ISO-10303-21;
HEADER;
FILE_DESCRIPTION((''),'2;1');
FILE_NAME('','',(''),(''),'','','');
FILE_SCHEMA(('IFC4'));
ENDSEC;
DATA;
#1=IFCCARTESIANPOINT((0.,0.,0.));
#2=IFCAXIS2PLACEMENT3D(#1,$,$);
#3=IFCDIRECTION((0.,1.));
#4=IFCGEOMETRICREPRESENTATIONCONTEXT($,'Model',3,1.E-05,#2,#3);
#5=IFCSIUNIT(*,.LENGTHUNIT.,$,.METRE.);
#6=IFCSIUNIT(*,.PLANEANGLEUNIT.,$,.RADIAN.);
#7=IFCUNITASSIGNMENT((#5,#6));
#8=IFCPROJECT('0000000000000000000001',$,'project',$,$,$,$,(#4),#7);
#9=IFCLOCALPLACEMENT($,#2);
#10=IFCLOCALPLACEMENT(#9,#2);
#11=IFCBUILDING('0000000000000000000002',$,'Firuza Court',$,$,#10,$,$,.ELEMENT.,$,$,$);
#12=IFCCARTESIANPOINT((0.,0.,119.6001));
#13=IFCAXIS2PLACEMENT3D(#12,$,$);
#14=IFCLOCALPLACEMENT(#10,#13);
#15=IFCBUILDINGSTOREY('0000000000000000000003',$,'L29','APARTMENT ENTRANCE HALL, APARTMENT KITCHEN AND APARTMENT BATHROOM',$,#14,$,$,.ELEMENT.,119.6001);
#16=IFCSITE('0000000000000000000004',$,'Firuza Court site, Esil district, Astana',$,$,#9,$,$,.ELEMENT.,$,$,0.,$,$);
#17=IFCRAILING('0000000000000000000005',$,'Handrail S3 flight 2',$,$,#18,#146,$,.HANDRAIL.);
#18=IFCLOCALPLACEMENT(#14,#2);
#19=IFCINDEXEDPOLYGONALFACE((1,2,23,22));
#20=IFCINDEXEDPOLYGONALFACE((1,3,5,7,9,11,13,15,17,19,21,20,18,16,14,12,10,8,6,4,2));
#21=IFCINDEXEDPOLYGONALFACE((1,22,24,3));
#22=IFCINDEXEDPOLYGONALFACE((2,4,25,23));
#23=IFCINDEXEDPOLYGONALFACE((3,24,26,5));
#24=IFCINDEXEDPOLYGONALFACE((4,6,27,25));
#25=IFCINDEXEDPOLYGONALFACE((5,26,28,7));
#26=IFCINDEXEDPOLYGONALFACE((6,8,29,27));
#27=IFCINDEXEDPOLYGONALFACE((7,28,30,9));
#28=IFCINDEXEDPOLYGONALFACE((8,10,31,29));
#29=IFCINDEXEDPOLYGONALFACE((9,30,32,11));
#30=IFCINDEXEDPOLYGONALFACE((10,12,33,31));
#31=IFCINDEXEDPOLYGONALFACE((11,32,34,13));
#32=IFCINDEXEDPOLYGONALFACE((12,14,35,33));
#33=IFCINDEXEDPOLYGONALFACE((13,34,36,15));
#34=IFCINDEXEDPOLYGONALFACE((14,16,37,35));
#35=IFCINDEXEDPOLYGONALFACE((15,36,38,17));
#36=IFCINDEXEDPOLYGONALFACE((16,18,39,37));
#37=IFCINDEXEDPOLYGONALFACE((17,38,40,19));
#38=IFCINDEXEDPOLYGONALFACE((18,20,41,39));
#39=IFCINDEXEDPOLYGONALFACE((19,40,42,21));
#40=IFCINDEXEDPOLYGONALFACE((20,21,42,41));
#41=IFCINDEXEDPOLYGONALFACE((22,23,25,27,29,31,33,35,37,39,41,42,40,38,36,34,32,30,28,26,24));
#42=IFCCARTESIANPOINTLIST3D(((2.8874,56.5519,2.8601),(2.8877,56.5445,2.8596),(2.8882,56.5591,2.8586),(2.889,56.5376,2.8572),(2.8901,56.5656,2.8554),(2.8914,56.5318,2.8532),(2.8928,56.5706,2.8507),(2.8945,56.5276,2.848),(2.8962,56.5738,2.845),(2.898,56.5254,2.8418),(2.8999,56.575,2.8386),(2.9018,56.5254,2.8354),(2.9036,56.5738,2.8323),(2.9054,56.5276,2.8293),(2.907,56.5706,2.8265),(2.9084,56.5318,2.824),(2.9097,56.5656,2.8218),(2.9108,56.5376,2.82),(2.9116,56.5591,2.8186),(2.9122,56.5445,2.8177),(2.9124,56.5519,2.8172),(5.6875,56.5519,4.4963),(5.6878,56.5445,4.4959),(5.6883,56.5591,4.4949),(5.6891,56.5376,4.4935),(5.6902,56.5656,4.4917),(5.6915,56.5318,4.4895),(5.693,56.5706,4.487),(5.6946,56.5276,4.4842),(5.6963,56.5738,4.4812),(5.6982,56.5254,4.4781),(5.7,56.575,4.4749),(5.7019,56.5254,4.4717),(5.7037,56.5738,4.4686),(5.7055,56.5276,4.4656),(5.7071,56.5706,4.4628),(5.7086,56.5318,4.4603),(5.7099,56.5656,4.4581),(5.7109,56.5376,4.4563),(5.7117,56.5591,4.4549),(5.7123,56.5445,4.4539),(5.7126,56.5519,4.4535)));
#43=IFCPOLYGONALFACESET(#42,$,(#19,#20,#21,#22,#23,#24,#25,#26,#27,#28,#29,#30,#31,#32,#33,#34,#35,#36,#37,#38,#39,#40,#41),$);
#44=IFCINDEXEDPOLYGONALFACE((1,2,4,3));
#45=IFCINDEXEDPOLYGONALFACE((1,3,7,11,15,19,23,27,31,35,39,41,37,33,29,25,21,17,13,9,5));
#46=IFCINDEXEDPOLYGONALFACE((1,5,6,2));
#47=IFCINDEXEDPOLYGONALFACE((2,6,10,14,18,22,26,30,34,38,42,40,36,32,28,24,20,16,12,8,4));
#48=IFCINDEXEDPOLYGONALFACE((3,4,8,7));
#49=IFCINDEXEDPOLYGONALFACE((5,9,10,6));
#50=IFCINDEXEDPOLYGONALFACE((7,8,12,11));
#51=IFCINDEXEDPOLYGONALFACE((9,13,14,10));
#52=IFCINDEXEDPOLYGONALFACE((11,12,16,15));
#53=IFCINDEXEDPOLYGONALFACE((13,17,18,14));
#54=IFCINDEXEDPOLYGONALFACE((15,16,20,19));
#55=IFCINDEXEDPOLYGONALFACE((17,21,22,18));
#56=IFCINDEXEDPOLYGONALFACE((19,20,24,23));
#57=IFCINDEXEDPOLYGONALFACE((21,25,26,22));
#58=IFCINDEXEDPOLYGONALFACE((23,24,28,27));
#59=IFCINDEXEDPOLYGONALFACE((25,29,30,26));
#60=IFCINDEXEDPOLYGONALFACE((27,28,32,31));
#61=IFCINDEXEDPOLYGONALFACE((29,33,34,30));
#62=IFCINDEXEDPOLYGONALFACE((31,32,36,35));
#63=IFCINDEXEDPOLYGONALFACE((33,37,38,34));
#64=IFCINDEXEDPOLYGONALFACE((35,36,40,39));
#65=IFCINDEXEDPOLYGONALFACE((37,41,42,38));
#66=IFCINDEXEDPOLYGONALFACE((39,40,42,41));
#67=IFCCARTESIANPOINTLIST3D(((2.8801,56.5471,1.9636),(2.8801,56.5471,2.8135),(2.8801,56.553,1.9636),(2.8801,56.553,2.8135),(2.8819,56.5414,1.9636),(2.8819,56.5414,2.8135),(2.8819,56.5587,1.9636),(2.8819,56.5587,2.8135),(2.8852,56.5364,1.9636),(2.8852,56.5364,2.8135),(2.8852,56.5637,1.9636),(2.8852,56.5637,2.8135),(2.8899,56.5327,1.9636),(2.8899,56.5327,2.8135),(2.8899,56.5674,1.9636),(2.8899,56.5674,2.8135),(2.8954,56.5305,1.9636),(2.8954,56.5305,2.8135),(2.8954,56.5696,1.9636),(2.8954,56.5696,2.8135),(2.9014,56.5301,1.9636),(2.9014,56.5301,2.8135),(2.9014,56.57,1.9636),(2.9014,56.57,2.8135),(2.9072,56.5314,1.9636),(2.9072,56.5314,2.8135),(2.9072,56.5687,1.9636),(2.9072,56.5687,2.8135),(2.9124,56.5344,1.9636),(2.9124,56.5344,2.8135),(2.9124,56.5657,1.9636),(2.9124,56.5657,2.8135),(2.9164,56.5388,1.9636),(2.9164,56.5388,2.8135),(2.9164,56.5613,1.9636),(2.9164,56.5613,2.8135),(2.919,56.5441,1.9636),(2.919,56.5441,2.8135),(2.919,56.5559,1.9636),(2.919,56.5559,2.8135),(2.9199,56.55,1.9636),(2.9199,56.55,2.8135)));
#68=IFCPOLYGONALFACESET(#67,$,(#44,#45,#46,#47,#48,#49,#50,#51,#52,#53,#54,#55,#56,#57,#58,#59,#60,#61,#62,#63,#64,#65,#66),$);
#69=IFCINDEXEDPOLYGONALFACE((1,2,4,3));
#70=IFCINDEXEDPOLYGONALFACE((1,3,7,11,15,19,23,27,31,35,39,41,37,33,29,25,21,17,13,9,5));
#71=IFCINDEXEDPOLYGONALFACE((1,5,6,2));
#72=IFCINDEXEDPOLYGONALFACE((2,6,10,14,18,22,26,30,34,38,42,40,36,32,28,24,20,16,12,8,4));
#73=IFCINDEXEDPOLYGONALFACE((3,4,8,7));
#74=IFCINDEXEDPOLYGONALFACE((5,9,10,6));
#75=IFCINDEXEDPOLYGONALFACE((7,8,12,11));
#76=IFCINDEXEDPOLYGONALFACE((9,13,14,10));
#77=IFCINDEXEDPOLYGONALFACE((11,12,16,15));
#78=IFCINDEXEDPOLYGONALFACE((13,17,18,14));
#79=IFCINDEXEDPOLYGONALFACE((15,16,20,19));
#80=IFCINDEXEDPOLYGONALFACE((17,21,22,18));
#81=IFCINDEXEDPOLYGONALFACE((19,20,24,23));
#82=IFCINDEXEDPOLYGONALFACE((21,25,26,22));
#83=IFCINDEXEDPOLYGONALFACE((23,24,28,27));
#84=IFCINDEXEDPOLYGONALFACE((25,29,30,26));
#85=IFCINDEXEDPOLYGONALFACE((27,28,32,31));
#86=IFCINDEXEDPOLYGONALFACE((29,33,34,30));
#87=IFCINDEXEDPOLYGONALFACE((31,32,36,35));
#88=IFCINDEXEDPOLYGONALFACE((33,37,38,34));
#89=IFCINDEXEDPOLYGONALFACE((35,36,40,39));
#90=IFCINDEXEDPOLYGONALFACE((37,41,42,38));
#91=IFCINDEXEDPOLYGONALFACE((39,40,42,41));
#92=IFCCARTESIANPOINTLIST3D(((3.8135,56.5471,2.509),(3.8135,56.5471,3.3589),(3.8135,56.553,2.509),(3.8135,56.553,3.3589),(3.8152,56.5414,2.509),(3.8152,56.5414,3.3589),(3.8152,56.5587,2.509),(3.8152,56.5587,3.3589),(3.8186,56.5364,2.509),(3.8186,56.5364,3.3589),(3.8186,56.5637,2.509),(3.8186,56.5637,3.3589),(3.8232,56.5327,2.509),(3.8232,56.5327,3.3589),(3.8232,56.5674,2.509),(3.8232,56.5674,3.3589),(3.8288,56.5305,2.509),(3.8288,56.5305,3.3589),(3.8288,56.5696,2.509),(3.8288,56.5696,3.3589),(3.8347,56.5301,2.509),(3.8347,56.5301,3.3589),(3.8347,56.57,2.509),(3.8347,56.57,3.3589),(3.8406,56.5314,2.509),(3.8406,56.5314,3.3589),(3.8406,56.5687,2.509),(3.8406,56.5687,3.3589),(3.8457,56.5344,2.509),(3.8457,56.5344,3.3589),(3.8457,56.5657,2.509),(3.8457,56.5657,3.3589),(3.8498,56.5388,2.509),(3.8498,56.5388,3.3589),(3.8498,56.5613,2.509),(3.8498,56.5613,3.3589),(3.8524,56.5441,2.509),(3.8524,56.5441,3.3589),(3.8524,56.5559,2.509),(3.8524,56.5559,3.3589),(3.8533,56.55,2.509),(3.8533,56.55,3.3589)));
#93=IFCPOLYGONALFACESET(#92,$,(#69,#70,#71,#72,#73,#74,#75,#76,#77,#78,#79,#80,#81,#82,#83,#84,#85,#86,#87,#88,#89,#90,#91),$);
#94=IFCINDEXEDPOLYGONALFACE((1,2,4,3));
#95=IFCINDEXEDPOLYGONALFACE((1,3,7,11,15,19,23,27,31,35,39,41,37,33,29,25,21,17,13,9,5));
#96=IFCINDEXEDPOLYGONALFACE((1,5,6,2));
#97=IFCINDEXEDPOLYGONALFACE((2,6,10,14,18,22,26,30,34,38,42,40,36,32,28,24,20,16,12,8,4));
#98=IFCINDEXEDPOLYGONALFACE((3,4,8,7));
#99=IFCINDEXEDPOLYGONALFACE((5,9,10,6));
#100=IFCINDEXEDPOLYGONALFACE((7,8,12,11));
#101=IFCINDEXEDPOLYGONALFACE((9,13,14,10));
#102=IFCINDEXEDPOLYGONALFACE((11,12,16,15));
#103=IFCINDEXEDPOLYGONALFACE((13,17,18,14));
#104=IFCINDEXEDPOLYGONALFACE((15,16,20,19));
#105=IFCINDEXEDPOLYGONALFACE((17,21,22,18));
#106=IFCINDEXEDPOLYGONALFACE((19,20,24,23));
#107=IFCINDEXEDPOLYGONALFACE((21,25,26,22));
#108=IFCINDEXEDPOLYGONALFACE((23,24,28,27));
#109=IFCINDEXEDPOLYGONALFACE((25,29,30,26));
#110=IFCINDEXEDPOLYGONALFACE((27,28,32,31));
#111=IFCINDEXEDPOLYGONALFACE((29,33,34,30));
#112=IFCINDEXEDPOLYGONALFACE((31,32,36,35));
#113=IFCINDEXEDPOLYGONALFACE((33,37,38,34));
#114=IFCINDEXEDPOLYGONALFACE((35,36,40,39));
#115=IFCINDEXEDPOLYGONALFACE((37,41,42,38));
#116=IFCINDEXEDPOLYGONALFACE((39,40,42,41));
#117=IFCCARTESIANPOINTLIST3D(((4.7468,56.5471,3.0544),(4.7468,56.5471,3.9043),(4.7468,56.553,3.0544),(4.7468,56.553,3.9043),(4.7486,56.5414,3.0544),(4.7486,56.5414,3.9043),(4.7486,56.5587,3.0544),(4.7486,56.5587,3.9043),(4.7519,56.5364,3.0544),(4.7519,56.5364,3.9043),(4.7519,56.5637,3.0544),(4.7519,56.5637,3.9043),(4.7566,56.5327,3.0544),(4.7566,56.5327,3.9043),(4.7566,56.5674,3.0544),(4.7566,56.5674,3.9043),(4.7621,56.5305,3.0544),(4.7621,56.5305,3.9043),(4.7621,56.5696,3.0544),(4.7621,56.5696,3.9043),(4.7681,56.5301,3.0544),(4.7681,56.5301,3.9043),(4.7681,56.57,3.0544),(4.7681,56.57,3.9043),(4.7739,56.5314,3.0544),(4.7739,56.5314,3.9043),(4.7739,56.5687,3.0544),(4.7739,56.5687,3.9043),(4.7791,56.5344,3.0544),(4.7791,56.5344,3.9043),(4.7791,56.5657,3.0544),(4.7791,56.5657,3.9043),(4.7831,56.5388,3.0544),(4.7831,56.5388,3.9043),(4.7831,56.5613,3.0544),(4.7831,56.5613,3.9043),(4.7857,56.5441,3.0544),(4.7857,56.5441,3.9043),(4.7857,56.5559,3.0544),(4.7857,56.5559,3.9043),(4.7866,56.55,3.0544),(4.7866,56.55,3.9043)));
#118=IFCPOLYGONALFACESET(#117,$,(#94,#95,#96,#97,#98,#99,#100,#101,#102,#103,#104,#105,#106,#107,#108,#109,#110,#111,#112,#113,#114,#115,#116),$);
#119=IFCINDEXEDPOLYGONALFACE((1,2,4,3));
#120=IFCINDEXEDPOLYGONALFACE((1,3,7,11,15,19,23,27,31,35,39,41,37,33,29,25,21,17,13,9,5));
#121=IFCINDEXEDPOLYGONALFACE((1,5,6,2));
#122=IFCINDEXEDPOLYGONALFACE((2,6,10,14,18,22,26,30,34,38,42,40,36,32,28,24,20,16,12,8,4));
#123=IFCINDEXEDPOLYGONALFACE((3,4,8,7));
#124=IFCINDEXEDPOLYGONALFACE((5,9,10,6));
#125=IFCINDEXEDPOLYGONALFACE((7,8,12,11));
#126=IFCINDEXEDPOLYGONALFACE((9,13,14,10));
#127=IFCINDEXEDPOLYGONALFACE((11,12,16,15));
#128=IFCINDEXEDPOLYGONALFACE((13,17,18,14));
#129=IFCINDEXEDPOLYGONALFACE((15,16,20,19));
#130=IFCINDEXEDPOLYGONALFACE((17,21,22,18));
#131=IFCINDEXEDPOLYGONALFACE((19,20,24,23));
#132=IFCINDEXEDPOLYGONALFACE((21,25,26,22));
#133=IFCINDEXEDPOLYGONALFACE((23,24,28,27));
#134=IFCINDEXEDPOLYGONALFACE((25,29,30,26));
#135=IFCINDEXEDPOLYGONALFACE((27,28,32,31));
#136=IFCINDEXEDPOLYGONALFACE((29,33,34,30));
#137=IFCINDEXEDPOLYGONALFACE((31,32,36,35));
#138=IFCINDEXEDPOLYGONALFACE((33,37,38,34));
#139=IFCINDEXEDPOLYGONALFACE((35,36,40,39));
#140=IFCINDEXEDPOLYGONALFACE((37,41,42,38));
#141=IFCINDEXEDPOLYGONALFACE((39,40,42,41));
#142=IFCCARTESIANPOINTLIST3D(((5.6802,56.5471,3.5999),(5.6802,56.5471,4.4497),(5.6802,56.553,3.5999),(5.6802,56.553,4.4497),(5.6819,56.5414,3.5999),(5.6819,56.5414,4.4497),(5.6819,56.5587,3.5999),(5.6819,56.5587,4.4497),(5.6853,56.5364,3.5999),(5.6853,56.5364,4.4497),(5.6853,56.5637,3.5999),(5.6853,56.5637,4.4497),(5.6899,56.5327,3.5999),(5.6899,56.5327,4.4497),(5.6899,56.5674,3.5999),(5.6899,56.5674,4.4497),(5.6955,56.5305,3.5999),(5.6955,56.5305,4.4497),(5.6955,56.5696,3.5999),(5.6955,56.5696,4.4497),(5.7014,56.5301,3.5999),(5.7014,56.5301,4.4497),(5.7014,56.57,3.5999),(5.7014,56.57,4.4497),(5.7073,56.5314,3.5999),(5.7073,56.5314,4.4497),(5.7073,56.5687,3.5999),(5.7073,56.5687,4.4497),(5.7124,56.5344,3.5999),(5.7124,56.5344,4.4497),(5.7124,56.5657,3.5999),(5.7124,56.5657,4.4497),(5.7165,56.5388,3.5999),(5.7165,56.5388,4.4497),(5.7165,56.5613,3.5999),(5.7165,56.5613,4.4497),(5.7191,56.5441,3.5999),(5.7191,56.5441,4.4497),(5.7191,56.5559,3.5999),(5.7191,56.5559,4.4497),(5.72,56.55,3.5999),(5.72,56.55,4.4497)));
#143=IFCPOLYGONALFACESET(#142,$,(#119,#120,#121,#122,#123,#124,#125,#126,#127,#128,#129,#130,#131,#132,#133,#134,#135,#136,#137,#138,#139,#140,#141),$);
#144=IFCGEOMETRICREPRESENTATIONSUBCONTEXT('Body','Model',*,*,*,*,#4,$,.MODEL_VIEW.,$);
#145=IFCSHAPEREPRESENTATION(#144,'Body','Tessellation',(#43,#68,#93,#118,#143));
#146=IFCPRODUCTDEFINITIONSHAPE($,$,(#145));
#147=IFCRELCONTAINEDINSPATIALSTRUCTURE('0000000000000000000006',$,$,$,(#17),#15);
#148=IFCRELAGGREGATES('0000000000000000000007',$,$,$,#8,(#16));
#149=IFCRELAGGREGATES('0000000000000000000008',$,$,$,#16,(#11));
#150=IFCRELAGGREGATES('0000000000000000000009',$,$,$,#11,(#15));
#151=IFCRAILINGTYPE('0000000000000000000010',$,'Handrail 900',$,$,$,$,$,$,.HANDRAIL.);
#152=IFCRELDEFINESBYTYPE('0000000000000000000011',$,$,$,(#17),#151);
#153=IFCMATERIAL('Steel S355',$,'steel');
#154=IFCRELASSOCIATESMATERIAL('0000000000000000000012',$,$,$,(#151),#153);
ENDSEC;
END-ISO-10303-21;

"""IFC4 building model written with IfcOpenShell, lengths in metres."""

from ifc_helpers import new_model, si_unit, direction, frame, origin, origin_2d, place, context, subcontext, project, spatial, circle, extrude, material, type_object, element, save


model = new_model("IFC4")

# Units and contexts
model_context = context("Model", 3, precision=1e-05, world=origin(), true_north=direction((0.0, 1.0)))
body_context = subcontext(model_context, "Body", "Model", "MODEL_VIEW")
ifc_project = project(units=[si_unit("LENGTHUNIT", "METRE"), si_unit("PLANEANGLEUNIT", "RADIAN")], contexts=[model_context])

# Site, building, storey
site_placement = place(None, origin())
site = spatial("IfcSite", under=ifc_project, at=site_placement, Name="Firuza Court site, Esil district, Astana", CompositionType="ELEMENT", RefElevation=0.0)
building_placement = place(site_placement, origin())
building = spatial("IfcBuilding", under=site, at=building_placement, Name="Firuza Court", CompositionType="ELEMENT")
storey_placement = place(building_placement, frame((0.0, 0.0, 119.6001)))
storey = spatial("IfcBuildingStorey", under=building, at=storey_placement, Name="L29", Description="APARTMENT ENTRANCE HALL, APARTMENT KITCHEN AND APARTMENT BATHROOM", CompositionType="ELEMENT", Elevation=119.6001)

# Railing
ifc_material_1 = material(Name="Steel S355", Category="steel")
railing_type = type_object("IfcRailingType", Name="Handrail 900", PredefinedType="HANDRAIL", material=ifc_material_1)
railing_placement = place(storey_placement, frame((2.8999, 56.55, 1.9636)))
element("IfcRailing", 1, at=railing_placement, inside=storey, type_object=railing_type, Name="Handrail S3 flight 2", PredefinedType="HANDRAIL", context=body_context, shape_type="SweptSolid", body=[
    extrude(circle(Radius=0.0249, at=origin_2d()), frame((0.0, 0.0, 0.875), z_axis=(0.863394, 0.0, 0.504531), x_axis=(0.0, 1.0, 0.0)), (0.0, 0.0, 1.0), 3.2432),
    extrude(circle(Radius=0.02, at=origin_2d()), origin(), (0.0, 0.0, 1.0), 0.8499),
    extrude(circle(Radius=0.02, at=origin_2d()), frame((0.9333, 0.0, 0.5454)), (0.0, 0.0, 1.0), 0.8499),
    extrude(circle(Radius=0.02, at=origin_2d()), frame((1.8667, 0.0, 1.0908)), (0.0, 0.0, 1.0), 0.8499),
    extrude(circle(Radius=0.02, at=origin_2d()), frame((2.8, 0.0, 1.6362)), (0.0, 0.0, 1.0), 0.8499),
])

save(model, "model.ifc")
